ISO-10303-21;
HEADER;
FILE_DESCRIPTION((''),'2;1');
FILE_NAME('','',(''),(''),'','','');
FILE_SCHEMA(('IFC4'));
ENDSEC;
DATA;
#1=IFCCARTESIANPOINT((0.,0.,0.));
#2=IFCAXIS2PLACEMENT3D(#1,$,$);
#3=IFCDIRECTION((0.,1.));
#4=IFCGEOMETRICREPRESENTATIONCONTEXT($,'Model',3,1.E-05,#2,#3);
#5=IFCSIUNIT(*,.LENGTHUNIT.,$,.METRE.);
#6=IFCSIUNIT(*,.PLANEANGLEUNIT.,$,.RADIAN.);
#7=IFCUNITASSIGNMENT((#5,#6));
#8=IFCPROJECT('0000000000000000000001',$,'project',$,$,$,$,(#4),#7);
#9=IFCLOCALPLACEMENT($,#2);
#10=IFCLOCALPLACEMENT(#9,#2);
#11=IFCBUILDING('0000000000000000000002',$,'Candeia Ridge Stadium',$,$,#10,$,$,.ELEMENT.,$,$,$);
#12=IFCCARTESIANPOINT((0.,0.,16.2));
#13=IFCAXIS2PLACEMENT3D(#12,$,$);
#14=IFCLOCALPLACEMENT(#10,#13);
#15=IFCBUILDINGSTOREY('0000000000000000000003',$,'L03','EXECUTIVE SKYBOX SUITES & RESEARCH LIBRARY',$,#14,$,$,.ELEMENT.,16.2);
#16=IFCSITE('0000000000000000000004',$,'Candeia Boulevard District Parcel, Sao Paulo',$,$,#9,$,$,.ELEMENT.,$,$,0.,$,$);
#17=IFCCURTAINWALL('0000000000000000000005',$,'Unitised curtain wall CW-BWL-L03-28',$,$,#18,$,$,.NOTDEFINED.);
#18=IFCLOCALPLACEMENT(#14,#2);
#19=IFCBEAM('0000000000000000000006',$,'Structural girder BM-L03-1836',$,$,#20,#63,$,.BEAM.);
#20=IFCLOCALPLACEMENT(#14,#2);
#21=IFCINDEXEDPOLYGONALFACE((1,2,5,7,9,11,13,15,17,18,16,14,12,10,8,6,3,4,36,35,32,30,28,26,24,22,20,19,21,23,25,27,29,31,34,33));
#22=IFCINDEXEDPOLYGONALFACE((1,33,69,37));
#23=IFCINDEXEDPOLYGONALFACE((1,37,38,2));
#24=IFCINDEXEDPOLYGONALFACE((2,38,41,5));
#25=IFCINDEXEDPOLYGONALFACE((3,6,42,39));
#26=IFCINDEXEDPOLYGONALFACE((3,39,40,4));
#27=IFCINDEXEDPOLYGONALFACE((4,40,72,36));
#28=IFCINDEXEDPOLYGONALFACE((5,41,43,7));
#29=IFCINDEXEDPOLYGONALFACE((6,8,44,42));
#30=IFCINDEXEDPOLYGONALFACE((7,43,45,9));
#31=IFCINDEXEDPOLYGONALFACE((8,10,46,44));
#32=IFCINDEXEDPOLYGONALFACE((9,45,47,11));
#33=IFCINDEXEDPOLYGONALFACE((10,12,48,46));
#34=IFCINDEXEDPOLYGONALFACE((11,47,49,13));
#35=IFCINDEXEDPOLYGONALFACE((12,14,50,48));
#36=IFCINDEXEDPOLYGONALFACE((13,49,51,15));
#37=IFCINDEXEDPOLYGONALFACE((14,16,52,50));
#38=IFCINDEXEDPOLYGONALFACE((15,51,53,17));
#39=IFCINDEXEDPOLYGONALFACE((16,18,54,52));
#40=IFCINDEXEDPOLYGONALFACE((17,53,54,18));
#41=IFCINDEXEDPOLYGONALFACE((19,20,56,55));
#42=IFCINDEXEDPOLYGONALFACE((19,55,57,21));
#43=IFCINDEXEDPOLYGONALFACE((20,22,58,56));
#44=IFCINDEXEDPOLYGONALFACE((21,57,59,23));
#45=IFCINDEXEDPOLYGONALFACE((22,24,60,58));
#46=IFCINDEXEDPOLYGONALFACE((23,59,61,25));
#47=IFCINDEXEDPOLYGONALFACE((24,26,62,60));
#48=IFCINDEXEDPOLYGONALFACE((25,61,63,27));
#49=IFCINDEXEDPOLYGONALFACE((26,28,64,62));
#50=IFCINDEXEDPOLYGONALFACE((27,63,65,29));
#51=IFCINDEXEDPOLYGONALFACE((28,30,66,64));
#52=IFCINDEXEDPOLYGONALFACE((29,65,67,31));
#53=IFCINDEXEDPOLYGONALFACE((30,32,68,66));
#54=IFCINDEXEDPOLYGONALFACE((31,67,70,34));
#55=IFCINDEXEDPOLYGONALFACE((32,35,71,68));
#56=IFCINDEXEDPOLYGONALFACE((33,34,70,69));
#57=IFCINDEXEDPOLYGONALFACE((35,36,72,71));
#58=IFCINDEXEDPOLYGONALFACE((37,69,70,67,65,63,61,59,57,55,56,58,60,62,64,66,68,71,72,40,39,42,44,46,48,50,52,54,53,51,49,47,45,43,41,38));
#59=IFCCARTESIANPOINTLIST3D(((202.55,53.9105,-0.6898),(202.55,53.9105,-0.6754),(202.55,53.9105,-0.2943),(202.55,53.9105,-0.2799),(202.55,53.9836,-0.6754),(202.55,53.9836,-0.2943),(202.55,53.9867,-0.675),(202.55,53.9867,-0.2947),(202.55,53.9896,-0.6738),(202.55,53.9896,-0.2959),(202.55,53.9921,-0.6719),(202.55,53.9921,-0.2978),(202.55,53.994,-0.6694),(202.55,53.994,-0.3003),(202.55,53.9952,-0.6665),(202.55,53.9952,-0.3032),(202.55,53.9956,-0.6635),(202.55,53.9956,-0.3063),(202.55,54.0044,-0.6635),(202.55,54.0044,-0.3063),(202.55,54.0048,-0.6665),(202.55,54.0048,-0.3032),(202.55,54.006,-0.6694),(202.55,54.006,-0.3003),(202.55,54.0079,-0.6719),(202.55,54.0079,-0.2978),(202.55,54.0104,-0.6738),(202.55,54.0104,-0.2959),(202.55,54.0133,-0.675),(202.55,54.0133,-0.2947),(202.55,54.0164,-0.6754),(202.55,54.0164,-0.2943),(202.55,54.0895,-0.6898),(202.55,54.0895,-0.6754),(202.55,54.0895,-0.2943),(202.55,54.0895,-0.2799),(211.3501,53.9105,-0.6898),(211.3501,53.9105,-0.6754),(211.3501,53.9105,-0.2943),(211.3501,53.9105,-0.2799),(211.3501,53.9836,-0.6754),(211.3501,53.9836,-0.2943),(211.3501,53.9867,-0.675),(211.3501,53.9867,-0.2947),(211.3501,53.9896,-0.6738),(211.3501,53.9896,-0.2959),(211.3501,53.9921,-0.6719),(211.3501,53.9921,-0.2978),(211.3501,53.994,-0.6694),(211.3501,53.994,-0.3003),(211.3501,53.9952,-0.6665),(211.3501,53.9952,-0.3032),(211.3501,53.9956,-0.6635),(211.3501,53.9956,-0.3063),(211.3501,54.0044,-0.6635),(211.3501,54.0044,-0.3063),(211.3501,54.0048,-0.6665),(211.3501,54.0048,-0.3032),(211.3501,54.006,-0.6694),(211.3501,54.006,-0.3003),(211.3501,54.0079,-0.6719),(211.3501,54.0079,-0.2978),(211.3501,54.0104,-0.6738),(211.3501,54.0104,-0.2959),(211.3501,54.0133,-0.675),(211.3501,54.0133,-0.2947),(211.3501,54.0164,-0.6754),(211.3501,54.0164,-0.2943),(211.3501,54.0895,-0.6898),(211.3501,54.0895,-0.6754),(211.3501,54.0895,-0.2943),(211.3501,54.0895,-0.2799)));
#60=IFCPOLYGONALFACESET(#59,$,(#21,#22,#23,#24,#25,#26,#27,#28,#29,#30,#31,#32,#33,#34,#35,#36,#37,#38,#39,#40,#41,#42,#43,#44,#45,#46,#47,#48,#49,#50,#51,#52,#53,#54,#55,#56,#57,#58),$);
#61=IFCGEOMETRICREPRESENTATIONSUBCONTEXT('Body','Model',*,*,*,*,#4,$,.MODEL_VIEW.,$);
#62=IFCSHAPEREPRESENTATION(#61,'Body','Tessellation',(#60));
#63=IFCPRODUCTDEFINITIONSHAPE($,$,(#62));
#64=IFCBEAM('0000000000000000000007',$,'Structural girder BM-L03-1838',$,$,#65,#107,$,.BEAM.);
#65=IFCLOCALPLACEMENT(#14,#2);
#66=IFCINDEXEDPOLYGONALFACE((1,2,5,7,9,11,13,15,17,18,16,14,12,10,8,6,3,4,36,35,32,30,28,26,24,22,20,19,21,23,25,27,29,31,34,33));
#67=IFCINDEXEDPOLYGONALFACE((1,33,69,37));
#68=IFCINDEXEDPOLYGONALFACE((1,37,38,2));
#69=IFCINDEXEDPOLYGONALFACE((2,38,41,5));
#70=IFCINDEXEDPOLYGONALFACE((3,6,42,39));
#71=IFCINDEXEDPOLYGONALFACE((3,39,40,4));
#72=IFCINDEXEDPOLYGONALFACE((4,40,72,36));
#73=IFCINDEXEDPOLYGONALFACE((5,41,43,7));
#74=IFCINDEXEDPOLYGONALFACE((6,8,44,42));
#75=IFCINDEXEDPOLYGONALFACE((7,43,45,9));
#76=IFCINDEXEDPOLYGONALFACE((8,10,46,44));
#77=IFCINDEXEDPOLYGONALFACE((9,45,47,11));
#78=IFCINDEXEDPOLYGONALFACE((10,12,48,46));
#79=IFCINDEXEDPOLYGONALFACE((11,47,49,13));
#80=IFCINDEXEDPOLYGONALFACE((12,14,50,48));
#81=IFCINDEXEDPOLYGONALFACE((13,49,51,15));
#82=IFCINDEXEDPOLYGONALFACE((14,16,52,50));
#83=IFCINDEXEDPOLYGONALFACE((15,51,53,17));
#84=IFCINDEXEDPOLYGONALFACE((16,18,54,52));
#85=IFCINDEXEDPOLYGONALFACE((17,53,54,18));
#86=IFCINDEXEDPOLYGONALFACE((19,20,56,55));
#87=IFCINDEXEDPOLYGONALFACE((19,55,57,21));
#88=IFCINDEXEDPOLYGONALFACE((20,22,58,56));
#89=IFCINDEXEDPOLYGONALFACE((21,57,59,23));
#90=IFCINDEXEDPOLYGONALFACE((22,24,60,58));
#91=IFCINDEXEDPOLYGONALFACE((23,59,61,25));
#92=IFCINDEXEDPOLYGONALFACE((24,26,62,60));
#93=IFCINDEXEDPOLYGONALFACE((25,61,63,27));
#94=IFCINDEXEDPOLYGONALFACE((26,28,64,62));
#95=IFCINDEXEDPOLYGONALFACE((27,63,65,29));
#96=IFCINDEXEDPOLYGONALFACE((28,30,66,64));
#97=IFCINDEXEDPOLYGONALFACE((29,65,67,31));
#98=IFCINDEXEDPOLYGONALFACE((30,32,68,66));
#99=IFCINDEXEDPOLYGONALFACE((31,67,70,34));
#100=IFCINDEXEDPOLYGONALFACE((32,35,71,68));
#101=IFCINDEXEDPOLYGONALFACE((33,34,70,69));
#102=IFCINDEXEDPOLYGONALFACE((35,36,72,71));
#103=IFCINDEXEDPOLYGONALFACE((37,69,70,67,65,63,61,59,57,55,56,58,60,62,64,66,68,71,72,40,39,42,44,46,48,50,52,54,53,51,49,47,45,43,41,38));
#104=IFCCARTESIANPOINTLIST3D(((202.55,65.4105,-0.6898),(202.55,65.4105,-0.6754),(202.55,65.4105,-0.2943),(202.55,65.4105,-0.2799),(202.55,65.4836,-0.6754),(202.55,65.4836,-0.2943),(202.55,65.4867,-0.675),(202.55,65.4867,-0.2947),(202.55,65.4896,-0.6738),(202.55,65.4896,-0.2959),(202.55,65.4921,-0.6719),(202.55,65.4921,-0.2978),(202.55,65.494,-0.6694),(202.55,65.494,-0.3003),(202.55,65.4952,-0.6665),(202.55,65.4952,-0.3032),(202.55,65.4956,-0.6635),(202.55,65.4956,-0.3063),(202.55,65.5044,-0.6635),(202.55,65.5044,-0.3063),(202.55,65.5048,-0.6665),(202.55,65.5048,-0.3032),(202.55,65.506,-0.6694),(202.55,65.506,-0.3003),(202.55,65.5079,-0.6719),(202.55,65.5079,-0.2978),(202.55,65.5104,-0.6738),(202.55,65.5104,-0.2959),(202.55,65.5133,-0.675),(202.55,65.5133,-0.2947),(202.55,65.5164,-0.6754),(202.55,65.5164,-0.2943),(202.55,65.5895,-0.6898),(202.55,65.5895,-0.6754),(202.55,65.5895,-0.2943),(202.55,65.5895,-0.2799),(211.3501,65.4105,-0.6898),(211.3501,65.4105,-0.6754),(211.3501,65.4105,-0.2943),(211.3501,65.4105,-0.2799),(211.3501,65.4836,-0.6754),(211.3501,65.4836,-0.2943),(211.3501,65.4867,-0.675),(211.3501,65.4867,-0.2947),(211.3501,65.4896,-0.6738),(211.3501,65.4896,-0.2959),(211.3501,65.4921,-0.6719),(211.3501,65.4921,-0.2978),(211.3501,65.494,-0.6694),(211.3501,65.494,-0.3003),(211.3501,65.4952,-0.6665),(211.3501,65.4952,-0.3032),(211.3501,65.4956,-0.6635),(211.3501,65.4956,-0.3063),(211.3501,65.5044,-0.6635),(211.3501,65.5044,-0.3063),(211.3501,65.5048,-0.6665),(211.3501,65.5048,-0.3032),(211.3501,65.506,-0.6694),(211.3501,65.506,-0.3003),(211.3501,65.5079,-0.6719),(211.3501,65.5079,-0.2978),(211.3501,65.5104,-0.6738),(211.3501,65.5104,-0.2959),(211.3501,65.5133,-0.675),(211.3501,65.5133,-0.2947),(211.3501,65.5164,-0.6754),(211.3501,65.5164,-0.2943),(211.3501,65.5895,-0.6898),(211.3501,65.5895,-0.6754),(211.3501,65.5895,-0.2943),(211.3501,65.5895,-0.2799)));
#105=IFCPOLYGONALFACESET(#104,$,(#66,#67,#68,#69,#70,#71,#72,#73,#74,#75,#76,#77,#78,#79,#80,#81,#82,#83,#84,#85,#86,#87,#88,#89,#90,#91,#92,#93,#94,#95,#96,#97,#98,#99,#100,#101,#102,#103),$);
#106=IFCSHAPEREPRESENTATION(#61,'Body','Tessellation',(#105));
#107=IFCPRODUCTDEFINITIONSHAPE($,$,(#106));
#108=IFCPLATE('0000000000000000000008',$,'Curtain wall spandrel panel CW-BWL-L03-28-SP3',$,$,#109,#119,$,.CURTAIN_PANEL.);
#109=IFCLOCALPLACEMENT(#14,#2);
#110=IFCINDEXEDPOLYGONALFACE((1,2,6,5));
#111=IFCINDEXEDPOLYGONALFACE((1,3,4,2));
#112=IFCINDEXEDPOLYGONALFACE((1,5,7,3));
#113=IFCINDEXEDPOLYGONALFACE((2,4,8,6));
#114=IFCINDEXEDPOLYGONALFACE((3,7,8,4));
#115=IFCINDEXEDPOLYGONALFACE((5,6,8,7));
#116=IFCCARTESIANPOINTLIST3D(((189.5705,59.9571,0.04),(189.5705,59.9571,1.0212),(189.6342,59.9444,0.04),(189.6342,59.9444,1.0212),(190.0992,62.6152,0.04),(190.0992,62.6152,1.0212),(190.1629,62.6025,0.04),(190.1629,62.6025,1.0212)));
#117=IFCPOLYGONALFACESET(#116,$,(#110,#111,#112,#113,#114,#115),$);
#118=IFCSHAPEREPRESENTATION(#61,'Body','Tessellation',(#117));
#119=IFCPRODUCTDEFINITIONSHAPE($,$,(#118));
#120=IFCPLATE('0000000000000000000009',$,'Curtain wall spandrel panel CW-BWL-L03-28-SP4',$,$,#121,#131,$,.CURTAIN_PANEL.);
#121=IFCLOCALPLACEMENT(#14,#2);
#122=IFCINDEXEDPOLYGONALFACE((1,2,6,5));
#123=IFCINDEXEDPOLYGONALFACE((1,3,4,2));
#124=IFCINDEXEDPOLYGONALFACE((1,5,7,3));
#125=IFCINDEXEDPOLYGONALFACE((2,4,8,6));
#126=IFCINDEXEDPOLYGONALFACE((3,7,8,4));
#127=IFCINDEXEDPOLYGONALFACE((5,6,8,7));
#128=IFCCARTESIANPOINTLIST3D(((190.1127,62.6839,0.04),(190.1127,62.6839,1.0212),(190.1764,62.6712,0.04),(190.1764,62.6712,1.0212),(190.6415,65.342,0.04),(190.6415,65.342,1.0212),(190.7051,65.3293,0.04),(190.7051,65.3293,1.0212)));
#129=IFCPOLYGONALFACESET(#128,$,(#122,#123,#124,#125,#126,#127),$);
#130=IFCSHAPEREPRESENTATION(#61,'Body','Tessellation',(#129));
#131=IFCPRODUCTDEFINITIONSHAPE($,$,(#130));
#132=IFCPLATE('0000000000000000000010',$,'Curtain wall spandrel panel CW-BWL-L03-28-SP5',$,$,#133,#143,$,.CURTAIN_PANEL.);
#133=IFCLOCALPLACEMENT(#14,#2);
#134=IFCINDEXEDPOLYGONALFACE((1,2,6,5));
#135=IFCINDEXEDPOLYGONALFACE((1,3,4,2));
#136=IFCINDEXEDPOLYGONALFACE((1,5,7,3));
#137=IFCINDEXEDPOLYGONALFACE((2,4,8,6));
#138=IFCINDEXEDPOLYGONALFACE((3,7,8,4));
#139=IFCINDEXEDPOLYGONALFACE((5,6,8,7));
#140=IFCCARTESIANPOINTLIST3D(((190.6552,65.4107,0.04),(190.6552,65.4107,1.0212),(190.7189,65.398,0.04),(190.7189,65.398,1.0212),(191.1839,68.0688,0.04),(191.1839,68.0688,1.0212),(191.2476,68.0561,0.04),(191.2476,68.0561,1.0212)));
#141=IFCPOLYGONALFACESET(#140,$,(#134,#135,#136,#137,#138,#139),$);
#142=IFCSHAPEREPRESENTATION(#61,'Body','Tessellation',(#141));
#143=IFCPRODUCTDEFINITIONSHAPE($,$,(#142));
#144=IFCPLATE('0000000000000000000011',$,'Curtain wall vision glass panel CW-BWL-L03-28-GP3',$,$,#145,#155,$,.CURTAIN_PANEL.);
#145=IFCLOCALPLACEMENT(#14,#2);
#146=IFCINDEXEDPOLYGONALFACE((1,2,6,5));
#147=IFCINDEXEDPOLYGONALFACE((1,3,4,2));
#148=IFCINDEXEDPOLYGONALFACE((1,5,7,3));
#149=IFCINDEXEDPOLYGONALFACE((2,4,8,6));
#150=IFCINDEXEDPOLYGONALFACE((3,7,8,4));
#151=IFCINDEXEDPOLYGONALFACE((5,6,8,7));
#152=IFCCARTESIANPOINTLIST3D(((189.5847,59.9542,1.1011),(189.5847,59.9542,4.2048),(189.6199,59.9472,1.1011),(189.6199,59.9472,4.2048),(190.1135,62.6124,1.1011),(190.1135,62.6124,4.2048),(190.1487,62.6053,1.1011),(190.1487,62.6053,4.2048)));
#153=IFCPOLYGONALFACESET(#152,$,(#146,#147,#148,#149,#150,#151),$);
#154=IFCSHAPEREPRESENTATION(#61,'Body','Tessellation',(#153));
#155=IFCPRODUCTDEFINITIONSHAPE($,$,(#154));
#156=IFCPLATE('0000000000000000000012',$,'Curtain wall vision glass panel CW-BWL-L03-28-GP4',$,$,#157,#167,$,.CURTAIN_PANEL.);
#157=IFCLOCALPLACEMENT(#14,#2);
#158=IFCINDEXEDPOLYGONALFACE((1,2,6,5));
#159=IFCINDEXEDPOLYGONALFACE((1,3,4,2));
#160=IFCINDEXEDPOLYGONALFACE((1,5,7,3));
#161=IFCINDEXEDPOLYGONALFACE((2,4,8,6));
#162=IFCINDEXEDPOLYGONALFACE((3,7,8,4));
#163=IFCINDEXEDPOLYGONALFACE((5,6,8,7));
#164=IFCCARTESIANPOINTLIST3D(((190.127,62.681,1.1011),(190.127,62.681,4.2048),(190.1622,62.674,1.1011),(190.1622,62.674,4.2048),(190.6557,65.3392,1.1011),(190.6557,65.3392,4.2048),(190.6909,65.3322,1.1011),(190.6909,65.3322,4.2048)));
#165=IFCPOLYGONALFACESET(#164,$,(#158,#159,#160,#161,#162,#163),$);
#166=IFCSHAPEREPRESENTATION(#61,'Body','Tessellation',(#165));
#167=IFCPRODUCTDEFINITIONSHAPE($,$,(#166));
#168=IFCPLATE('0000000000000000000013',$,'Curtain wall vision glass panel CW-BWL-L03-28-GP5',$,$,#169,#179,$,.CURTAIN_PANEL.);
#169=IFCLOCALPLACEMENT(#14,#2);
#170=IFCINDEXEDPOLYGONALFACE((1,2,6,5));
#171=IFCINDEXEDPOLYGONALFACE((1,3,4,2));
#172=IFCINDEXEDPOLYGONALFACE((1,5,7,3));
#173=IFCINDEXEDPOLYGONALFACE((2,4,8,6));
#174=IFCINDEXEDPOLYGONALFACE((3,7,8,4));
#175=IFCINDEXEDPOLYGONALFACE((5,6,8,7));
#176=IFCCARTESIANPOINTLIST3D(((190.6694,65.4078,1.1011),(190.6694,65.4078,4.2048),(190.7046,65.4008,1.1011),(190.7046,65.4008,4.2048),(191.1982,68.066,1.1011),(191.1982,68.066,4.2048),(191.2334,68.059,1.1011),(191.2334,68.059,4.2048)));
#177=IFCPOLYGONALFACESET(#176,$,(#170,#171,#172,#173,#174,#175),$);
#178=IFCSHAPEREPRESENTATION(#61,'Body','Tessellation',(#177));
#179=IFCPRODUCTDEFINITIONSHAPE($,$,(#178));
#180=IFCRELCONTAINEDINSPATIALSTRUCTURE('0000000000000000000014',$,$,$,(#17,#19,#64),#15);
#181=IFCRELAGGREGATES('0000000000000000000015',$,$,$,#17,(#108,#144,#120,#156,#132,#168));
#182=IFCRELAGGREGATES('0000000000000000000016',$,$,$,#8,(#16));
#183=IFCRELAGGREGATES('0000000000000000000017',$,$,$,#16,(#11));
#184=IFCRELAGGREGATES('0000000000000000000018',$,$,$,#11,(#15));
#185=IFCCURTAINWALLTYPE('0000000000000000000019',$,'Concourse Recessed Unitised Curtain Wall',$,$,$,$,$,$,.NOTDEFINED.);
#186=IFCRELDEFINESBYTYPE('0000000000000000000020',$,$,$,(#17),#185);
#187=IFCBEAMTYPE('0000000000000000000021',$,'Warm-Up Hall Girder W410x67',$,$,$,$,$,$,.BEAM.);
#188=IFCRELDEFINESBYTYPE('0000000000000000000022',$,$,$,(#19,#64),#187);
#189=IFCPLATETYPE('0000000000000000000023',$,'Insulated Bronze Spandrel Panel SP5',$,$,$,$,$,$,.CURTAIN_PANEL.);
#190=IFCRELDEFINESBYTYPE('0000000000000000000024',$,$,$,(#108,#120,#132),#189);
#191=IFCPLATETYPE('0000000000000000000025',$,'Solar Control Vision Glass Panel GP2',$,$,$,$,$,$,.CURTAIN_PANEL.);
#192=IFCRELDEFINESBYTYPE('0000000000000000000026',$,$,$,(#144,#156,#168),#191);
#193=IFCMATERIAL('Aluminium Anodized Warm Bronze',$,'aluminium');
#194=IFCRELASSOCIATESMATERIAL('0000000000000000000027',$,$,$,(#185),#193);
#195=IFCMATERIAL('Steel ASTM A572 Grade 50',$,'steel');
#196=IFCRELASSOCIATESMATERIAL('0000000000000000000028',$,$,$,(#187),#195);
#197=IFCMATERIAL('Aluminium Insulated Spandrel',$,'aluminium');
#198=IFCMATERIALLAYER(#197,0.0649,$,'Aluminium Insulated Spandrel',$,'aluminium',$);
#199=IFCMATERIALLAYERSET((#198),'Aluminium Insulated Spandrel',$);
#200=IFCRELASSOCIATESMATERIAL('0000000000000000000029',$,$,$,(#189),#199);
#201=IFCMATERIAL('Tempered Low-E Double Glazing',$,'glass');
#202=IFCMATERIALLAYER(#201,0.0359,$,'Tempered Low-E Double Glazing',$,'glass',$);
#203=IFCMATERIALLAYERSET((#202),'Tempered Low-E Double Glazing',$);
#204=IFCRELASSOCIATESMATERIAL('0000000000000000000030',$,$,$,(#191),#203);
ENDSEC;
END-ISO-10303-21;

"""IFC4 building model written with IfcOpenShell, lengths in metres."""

from ifc_helpers import new_model, si_unit, direction, frame, origin, origin_2d, place, context, subcontext, project, spatial, rectangle, i_section, extrude, material, layer, layer_set, material_profile, profile_set, type_object, element, aggregate, save


model = new_model("IFC4")

# Units and contexts
model_context = context("Model", 3, precision=1e-05, world=origin(), true_north=direction((0.0, 1.0)))
body_context = subcontext(model_context, "Body", "Model", "MODEL_VIEW")
ifc_project = project(units=[si_unit("LENGTHUNIT", "METRE"), si_unit("PLANEANGLEUNIT", "RADIAN")], contexts=[model_context])

# Site, building, storey
site_placement = place(None, origin())
site = spatial("IfcSite", under=ifc_project, at=site_placement, Name="Candeia Boulevard District Parcel, Sao Paulo", CompositionType="ELEMENT", RefElevation=0.0)
building_placement = place(site_placement, origin())
building = spatial("IfcBuilding", under=site, at=building_placement, Name="Candeia Ridge Stadium", CompositionType="ELEMENT")
storey_placement = place(building_placement, frame((0.0, 0.0, 16.2)))
storey = spatial("IfcBuildingStorey", under=building, at=storey_placement, Name="L03", Description="EXECUTIVE SKYBOX SUITES & RESEARCH LIBRARY", CompositionType="ELEMENT", Elevation=16.2)

# Curtain wall
ifc_material_1 = material(Name="Aluminium Anodized Warm Bronze", Category="aluminium")
curtain_wall_type = type_object("IfcCurtainWallType", Name="Concourse Recessed Unitised Curtain Wall", PredefinedType="NOTDEFINED", material=ifc_material_1)
curtain_wall_placement = place(storey_placement, origin())
curtain_wall = element("IfcCurtainWall", 1, at=curtain_wall_placement, inside=storey, type_object=curtain_wall_type, Name="Unitised curtain wall CW-BWL-L03-28", PredefinedType="NOTDEFINED")

# Beams
ifc_material_2 = material(Name="Steel ASTM A572 Grade 50", Category="steel")
ifc_material_profile_1 = material_profile(ifc_material_2, i_section(OverallWidth=0.179, OverallDepth=0.4099, WebThickness=0.0088, FlangeThickness=0.0144, FilletRadius=0.012, at=origin_2d()), Name="W410x67", Category="steel")
ifc_profile_set_1 = profile_set([ifc_material_profile_1], Name="Steel ASTM A572 Grade 50")
beam_type_1 = type_object("IfcBeamType", Name="Warm-Up Hall Girder W410x67", PredefinedType="BEAM", material=ifc_profile_set_1)
for number, where, z_axis, x_axis, name in (
    (2, (202.55, 54.0, -0.4849), (1.0, 0.0, 0.0), (0.0, 1.0, 0.0), "Structural girder BM-L03-1836"),
    (3, (202.55, 65.5, -0.4849), (1.0, 0.0, 0.0), (0.0, 1.0, 0.0), "Structural girder BM-L03-1838"),
):
    element("IfcBeam", number, at=place(storey_placement, frame(where, z_axis=z_axis, x_axis=x_axis)), inside=storey, type_object=beam_type_1, Name=name, PredefinedType="BEAM", context=body_context, shape_type="SweptSolid", body=[
        extrude(i_section(OverallWidth=0.179, OverallDepth=0.4099, WebThickness=0.0088, FlangeThickness=0.0144, FilletRadius=0.012, at=origin_2d()), origin(), (0.0, 0.0, 1.0), 8.8),
    ])

# Plates
ifc_material_3 = material(Name="Aluminium Insulated Spandrel", Category="aluminium")
ifc_layer_1 = layer(ifc_material_3, 0.0649, Name="Aluminium Insulated Spandrel", Category="aluminium")
ifc_layer_set_1 = layer_set([ifc_layer_1], Name="Aluminium Insulated Spandrel")
plate_type_1 = type_object("IfcPlateType", Name="Insulated Bronze Spandrel Panel SP5", PredefinedType="CURTAIN_PANEL", material=ifc_layer_set_1)
plate_1_placement = place(storey_placement, frame((189.8667, 61.2798, 0.04), z_axis=(0.0, 0.0, 1.0), x_axis=(0.19509, 0.980785, 0.0)))
plate_1 = element("IfcPlate", 4, at=plate_1_placement, type_object=plate_type_1, Name="Curtain wall spandrel panel CW-BWL-L03-28-SP3", PredefinedType="CURTAIN_PANEL", context=body_context, shape_type="SweptSolid", body=[
    extrude(rectangle(XDim=2.7102, YDim=0.0649, at=origin_2d()), origin(), (0.0, 0.0, 1.0), 0.9812),
])
plate_2_placement = place(storey_placement, frame((190.4089, 64.0066, 0.04), z_axis=(0.0, 0.0, 1.0), x_axis=(0.19509, 0.980785, 0.0)))
plate_2 = element("IfcPlate", 5, at=plate_2_placement, type_object=plate_type_1, Name="Curtain wall spandrel panel CW-BWL-L03-28-SP4", PredefinedType="CURTAIN_PANEL", context=body_context, shape_type="SweptSolid", body=[
    extrude(rectangle(XDim=2.7102, YDim=0.0649, at=origin_2d()), origin(), (0.0, 0.0, 1.0), 0.9812),
])
plate_3_placement = place(storey_placement, frame((190.9514, 66.7334, 0.04), z_axis=(0.0, 0.0, 1.0), x_axis=(0.19509, 0.980785, 0.0)))
plate_3 = element("IfcPlate", 6, at=plate_3_placement, type_object=plate_type_1, Name="Curtain wall spandrel panel CW-BWL-L03-28-SP5", PredefinedType="CURTAIN_PANEL", context=body_context, shape_type="SweptSolid", body=[
    extrude(rectangle(XDim=2.7102, YDim=0.0649, at=origin_2d()), origin(), (0.0, 0.0, 1.0), 0.9812),
])
ifc_material_4 = material(Name="Tempered Low-E Double Glazing", Category="glass")
ifc_layer_2 = layer(ifc_material_4, 0.0359, Name="Tempered Low-E Double Glazing", Category="glass")
ifc_layer_set_2 = layer_set([ifc_layer_2], Name="Tempered Low-E Double Glazing")
plate_type_2 = type_object("IfcPlateType", Name="Solar Control Vision Glass Panel GP2", PredefinedType="CURTAIN_PANEL", material=ifc_layer_set_2)
plate_4_placement = place(storey_placement, frame((189.8667, 61.2798, 1.1011), z_axis=(0.0, 0.0, 1.0), x_axis=(0.19509, 0.980785, 0.0)))
plate_4 = element("IfcPlate", 7, at=plate_4_placement, type_object=plate_type_2, Name="Curtain wall vision glass panel CW-BWL-L03-28-GP3", PredefinedType="CURTAIN_PANEL", context=body_context, shape_type="SweptSolid", body=[
    extrude(rectangle(XDim=2.7102, YDim=0.0359, at=origin_2d()), origin(), (0.0, 0.0, 1.0), 3.1038),
])
plate_5_placement = place(storey_placement, frame((190.4089, 64.0066, 1.1011), z_axis=(0.0, 0.0, 1.0), x_axis=(0.19509, 0.980785, 0.0)))
plate_5 = element("IfcPlate", 8, at=plate_5_placement, type_object=plate_type_2, Name="Curtain wall vision glass panel CW-BWL-L03-28-GP4", PredefinedType="CURTAIN_PANEL", context=body_context, shape_type="SweptSolid", body=[
    extrude(rectangle(XDim=2.7102, YDim=0.0359, at=origin_2d()), origin(), (0.0, 0.0, 1.0), 3.1038),
])
plate_6_placement = place(storey_placement, frame((190.9514, 66.7334, 1.1011), z_axis=(0.0, 0.0, 1.0), x_axis=(0.19509, 0.980785, 0.0)))
plate_6 = element("IfcPlate", 9, at=plate_6_placement, type_object=plate_type_2, Name="Curtain wall vision glass panel CW-BWL-L03-28-GP5", PredefinedType="CURTAIN_PANEL", context=body_context, shape_type="SweptSolid", body=[
    extrude(rectangle(XDim=2.7102, YDim=0.0359, at=origin_2d()), origin(), (0.0, 0.0, 1.0), 3.1038),
])
aggregate(curtain_wall, [plate_1, plate_4, plate_2, plate_5, plate_3, plate_6])

save(model, "model.ifc")
